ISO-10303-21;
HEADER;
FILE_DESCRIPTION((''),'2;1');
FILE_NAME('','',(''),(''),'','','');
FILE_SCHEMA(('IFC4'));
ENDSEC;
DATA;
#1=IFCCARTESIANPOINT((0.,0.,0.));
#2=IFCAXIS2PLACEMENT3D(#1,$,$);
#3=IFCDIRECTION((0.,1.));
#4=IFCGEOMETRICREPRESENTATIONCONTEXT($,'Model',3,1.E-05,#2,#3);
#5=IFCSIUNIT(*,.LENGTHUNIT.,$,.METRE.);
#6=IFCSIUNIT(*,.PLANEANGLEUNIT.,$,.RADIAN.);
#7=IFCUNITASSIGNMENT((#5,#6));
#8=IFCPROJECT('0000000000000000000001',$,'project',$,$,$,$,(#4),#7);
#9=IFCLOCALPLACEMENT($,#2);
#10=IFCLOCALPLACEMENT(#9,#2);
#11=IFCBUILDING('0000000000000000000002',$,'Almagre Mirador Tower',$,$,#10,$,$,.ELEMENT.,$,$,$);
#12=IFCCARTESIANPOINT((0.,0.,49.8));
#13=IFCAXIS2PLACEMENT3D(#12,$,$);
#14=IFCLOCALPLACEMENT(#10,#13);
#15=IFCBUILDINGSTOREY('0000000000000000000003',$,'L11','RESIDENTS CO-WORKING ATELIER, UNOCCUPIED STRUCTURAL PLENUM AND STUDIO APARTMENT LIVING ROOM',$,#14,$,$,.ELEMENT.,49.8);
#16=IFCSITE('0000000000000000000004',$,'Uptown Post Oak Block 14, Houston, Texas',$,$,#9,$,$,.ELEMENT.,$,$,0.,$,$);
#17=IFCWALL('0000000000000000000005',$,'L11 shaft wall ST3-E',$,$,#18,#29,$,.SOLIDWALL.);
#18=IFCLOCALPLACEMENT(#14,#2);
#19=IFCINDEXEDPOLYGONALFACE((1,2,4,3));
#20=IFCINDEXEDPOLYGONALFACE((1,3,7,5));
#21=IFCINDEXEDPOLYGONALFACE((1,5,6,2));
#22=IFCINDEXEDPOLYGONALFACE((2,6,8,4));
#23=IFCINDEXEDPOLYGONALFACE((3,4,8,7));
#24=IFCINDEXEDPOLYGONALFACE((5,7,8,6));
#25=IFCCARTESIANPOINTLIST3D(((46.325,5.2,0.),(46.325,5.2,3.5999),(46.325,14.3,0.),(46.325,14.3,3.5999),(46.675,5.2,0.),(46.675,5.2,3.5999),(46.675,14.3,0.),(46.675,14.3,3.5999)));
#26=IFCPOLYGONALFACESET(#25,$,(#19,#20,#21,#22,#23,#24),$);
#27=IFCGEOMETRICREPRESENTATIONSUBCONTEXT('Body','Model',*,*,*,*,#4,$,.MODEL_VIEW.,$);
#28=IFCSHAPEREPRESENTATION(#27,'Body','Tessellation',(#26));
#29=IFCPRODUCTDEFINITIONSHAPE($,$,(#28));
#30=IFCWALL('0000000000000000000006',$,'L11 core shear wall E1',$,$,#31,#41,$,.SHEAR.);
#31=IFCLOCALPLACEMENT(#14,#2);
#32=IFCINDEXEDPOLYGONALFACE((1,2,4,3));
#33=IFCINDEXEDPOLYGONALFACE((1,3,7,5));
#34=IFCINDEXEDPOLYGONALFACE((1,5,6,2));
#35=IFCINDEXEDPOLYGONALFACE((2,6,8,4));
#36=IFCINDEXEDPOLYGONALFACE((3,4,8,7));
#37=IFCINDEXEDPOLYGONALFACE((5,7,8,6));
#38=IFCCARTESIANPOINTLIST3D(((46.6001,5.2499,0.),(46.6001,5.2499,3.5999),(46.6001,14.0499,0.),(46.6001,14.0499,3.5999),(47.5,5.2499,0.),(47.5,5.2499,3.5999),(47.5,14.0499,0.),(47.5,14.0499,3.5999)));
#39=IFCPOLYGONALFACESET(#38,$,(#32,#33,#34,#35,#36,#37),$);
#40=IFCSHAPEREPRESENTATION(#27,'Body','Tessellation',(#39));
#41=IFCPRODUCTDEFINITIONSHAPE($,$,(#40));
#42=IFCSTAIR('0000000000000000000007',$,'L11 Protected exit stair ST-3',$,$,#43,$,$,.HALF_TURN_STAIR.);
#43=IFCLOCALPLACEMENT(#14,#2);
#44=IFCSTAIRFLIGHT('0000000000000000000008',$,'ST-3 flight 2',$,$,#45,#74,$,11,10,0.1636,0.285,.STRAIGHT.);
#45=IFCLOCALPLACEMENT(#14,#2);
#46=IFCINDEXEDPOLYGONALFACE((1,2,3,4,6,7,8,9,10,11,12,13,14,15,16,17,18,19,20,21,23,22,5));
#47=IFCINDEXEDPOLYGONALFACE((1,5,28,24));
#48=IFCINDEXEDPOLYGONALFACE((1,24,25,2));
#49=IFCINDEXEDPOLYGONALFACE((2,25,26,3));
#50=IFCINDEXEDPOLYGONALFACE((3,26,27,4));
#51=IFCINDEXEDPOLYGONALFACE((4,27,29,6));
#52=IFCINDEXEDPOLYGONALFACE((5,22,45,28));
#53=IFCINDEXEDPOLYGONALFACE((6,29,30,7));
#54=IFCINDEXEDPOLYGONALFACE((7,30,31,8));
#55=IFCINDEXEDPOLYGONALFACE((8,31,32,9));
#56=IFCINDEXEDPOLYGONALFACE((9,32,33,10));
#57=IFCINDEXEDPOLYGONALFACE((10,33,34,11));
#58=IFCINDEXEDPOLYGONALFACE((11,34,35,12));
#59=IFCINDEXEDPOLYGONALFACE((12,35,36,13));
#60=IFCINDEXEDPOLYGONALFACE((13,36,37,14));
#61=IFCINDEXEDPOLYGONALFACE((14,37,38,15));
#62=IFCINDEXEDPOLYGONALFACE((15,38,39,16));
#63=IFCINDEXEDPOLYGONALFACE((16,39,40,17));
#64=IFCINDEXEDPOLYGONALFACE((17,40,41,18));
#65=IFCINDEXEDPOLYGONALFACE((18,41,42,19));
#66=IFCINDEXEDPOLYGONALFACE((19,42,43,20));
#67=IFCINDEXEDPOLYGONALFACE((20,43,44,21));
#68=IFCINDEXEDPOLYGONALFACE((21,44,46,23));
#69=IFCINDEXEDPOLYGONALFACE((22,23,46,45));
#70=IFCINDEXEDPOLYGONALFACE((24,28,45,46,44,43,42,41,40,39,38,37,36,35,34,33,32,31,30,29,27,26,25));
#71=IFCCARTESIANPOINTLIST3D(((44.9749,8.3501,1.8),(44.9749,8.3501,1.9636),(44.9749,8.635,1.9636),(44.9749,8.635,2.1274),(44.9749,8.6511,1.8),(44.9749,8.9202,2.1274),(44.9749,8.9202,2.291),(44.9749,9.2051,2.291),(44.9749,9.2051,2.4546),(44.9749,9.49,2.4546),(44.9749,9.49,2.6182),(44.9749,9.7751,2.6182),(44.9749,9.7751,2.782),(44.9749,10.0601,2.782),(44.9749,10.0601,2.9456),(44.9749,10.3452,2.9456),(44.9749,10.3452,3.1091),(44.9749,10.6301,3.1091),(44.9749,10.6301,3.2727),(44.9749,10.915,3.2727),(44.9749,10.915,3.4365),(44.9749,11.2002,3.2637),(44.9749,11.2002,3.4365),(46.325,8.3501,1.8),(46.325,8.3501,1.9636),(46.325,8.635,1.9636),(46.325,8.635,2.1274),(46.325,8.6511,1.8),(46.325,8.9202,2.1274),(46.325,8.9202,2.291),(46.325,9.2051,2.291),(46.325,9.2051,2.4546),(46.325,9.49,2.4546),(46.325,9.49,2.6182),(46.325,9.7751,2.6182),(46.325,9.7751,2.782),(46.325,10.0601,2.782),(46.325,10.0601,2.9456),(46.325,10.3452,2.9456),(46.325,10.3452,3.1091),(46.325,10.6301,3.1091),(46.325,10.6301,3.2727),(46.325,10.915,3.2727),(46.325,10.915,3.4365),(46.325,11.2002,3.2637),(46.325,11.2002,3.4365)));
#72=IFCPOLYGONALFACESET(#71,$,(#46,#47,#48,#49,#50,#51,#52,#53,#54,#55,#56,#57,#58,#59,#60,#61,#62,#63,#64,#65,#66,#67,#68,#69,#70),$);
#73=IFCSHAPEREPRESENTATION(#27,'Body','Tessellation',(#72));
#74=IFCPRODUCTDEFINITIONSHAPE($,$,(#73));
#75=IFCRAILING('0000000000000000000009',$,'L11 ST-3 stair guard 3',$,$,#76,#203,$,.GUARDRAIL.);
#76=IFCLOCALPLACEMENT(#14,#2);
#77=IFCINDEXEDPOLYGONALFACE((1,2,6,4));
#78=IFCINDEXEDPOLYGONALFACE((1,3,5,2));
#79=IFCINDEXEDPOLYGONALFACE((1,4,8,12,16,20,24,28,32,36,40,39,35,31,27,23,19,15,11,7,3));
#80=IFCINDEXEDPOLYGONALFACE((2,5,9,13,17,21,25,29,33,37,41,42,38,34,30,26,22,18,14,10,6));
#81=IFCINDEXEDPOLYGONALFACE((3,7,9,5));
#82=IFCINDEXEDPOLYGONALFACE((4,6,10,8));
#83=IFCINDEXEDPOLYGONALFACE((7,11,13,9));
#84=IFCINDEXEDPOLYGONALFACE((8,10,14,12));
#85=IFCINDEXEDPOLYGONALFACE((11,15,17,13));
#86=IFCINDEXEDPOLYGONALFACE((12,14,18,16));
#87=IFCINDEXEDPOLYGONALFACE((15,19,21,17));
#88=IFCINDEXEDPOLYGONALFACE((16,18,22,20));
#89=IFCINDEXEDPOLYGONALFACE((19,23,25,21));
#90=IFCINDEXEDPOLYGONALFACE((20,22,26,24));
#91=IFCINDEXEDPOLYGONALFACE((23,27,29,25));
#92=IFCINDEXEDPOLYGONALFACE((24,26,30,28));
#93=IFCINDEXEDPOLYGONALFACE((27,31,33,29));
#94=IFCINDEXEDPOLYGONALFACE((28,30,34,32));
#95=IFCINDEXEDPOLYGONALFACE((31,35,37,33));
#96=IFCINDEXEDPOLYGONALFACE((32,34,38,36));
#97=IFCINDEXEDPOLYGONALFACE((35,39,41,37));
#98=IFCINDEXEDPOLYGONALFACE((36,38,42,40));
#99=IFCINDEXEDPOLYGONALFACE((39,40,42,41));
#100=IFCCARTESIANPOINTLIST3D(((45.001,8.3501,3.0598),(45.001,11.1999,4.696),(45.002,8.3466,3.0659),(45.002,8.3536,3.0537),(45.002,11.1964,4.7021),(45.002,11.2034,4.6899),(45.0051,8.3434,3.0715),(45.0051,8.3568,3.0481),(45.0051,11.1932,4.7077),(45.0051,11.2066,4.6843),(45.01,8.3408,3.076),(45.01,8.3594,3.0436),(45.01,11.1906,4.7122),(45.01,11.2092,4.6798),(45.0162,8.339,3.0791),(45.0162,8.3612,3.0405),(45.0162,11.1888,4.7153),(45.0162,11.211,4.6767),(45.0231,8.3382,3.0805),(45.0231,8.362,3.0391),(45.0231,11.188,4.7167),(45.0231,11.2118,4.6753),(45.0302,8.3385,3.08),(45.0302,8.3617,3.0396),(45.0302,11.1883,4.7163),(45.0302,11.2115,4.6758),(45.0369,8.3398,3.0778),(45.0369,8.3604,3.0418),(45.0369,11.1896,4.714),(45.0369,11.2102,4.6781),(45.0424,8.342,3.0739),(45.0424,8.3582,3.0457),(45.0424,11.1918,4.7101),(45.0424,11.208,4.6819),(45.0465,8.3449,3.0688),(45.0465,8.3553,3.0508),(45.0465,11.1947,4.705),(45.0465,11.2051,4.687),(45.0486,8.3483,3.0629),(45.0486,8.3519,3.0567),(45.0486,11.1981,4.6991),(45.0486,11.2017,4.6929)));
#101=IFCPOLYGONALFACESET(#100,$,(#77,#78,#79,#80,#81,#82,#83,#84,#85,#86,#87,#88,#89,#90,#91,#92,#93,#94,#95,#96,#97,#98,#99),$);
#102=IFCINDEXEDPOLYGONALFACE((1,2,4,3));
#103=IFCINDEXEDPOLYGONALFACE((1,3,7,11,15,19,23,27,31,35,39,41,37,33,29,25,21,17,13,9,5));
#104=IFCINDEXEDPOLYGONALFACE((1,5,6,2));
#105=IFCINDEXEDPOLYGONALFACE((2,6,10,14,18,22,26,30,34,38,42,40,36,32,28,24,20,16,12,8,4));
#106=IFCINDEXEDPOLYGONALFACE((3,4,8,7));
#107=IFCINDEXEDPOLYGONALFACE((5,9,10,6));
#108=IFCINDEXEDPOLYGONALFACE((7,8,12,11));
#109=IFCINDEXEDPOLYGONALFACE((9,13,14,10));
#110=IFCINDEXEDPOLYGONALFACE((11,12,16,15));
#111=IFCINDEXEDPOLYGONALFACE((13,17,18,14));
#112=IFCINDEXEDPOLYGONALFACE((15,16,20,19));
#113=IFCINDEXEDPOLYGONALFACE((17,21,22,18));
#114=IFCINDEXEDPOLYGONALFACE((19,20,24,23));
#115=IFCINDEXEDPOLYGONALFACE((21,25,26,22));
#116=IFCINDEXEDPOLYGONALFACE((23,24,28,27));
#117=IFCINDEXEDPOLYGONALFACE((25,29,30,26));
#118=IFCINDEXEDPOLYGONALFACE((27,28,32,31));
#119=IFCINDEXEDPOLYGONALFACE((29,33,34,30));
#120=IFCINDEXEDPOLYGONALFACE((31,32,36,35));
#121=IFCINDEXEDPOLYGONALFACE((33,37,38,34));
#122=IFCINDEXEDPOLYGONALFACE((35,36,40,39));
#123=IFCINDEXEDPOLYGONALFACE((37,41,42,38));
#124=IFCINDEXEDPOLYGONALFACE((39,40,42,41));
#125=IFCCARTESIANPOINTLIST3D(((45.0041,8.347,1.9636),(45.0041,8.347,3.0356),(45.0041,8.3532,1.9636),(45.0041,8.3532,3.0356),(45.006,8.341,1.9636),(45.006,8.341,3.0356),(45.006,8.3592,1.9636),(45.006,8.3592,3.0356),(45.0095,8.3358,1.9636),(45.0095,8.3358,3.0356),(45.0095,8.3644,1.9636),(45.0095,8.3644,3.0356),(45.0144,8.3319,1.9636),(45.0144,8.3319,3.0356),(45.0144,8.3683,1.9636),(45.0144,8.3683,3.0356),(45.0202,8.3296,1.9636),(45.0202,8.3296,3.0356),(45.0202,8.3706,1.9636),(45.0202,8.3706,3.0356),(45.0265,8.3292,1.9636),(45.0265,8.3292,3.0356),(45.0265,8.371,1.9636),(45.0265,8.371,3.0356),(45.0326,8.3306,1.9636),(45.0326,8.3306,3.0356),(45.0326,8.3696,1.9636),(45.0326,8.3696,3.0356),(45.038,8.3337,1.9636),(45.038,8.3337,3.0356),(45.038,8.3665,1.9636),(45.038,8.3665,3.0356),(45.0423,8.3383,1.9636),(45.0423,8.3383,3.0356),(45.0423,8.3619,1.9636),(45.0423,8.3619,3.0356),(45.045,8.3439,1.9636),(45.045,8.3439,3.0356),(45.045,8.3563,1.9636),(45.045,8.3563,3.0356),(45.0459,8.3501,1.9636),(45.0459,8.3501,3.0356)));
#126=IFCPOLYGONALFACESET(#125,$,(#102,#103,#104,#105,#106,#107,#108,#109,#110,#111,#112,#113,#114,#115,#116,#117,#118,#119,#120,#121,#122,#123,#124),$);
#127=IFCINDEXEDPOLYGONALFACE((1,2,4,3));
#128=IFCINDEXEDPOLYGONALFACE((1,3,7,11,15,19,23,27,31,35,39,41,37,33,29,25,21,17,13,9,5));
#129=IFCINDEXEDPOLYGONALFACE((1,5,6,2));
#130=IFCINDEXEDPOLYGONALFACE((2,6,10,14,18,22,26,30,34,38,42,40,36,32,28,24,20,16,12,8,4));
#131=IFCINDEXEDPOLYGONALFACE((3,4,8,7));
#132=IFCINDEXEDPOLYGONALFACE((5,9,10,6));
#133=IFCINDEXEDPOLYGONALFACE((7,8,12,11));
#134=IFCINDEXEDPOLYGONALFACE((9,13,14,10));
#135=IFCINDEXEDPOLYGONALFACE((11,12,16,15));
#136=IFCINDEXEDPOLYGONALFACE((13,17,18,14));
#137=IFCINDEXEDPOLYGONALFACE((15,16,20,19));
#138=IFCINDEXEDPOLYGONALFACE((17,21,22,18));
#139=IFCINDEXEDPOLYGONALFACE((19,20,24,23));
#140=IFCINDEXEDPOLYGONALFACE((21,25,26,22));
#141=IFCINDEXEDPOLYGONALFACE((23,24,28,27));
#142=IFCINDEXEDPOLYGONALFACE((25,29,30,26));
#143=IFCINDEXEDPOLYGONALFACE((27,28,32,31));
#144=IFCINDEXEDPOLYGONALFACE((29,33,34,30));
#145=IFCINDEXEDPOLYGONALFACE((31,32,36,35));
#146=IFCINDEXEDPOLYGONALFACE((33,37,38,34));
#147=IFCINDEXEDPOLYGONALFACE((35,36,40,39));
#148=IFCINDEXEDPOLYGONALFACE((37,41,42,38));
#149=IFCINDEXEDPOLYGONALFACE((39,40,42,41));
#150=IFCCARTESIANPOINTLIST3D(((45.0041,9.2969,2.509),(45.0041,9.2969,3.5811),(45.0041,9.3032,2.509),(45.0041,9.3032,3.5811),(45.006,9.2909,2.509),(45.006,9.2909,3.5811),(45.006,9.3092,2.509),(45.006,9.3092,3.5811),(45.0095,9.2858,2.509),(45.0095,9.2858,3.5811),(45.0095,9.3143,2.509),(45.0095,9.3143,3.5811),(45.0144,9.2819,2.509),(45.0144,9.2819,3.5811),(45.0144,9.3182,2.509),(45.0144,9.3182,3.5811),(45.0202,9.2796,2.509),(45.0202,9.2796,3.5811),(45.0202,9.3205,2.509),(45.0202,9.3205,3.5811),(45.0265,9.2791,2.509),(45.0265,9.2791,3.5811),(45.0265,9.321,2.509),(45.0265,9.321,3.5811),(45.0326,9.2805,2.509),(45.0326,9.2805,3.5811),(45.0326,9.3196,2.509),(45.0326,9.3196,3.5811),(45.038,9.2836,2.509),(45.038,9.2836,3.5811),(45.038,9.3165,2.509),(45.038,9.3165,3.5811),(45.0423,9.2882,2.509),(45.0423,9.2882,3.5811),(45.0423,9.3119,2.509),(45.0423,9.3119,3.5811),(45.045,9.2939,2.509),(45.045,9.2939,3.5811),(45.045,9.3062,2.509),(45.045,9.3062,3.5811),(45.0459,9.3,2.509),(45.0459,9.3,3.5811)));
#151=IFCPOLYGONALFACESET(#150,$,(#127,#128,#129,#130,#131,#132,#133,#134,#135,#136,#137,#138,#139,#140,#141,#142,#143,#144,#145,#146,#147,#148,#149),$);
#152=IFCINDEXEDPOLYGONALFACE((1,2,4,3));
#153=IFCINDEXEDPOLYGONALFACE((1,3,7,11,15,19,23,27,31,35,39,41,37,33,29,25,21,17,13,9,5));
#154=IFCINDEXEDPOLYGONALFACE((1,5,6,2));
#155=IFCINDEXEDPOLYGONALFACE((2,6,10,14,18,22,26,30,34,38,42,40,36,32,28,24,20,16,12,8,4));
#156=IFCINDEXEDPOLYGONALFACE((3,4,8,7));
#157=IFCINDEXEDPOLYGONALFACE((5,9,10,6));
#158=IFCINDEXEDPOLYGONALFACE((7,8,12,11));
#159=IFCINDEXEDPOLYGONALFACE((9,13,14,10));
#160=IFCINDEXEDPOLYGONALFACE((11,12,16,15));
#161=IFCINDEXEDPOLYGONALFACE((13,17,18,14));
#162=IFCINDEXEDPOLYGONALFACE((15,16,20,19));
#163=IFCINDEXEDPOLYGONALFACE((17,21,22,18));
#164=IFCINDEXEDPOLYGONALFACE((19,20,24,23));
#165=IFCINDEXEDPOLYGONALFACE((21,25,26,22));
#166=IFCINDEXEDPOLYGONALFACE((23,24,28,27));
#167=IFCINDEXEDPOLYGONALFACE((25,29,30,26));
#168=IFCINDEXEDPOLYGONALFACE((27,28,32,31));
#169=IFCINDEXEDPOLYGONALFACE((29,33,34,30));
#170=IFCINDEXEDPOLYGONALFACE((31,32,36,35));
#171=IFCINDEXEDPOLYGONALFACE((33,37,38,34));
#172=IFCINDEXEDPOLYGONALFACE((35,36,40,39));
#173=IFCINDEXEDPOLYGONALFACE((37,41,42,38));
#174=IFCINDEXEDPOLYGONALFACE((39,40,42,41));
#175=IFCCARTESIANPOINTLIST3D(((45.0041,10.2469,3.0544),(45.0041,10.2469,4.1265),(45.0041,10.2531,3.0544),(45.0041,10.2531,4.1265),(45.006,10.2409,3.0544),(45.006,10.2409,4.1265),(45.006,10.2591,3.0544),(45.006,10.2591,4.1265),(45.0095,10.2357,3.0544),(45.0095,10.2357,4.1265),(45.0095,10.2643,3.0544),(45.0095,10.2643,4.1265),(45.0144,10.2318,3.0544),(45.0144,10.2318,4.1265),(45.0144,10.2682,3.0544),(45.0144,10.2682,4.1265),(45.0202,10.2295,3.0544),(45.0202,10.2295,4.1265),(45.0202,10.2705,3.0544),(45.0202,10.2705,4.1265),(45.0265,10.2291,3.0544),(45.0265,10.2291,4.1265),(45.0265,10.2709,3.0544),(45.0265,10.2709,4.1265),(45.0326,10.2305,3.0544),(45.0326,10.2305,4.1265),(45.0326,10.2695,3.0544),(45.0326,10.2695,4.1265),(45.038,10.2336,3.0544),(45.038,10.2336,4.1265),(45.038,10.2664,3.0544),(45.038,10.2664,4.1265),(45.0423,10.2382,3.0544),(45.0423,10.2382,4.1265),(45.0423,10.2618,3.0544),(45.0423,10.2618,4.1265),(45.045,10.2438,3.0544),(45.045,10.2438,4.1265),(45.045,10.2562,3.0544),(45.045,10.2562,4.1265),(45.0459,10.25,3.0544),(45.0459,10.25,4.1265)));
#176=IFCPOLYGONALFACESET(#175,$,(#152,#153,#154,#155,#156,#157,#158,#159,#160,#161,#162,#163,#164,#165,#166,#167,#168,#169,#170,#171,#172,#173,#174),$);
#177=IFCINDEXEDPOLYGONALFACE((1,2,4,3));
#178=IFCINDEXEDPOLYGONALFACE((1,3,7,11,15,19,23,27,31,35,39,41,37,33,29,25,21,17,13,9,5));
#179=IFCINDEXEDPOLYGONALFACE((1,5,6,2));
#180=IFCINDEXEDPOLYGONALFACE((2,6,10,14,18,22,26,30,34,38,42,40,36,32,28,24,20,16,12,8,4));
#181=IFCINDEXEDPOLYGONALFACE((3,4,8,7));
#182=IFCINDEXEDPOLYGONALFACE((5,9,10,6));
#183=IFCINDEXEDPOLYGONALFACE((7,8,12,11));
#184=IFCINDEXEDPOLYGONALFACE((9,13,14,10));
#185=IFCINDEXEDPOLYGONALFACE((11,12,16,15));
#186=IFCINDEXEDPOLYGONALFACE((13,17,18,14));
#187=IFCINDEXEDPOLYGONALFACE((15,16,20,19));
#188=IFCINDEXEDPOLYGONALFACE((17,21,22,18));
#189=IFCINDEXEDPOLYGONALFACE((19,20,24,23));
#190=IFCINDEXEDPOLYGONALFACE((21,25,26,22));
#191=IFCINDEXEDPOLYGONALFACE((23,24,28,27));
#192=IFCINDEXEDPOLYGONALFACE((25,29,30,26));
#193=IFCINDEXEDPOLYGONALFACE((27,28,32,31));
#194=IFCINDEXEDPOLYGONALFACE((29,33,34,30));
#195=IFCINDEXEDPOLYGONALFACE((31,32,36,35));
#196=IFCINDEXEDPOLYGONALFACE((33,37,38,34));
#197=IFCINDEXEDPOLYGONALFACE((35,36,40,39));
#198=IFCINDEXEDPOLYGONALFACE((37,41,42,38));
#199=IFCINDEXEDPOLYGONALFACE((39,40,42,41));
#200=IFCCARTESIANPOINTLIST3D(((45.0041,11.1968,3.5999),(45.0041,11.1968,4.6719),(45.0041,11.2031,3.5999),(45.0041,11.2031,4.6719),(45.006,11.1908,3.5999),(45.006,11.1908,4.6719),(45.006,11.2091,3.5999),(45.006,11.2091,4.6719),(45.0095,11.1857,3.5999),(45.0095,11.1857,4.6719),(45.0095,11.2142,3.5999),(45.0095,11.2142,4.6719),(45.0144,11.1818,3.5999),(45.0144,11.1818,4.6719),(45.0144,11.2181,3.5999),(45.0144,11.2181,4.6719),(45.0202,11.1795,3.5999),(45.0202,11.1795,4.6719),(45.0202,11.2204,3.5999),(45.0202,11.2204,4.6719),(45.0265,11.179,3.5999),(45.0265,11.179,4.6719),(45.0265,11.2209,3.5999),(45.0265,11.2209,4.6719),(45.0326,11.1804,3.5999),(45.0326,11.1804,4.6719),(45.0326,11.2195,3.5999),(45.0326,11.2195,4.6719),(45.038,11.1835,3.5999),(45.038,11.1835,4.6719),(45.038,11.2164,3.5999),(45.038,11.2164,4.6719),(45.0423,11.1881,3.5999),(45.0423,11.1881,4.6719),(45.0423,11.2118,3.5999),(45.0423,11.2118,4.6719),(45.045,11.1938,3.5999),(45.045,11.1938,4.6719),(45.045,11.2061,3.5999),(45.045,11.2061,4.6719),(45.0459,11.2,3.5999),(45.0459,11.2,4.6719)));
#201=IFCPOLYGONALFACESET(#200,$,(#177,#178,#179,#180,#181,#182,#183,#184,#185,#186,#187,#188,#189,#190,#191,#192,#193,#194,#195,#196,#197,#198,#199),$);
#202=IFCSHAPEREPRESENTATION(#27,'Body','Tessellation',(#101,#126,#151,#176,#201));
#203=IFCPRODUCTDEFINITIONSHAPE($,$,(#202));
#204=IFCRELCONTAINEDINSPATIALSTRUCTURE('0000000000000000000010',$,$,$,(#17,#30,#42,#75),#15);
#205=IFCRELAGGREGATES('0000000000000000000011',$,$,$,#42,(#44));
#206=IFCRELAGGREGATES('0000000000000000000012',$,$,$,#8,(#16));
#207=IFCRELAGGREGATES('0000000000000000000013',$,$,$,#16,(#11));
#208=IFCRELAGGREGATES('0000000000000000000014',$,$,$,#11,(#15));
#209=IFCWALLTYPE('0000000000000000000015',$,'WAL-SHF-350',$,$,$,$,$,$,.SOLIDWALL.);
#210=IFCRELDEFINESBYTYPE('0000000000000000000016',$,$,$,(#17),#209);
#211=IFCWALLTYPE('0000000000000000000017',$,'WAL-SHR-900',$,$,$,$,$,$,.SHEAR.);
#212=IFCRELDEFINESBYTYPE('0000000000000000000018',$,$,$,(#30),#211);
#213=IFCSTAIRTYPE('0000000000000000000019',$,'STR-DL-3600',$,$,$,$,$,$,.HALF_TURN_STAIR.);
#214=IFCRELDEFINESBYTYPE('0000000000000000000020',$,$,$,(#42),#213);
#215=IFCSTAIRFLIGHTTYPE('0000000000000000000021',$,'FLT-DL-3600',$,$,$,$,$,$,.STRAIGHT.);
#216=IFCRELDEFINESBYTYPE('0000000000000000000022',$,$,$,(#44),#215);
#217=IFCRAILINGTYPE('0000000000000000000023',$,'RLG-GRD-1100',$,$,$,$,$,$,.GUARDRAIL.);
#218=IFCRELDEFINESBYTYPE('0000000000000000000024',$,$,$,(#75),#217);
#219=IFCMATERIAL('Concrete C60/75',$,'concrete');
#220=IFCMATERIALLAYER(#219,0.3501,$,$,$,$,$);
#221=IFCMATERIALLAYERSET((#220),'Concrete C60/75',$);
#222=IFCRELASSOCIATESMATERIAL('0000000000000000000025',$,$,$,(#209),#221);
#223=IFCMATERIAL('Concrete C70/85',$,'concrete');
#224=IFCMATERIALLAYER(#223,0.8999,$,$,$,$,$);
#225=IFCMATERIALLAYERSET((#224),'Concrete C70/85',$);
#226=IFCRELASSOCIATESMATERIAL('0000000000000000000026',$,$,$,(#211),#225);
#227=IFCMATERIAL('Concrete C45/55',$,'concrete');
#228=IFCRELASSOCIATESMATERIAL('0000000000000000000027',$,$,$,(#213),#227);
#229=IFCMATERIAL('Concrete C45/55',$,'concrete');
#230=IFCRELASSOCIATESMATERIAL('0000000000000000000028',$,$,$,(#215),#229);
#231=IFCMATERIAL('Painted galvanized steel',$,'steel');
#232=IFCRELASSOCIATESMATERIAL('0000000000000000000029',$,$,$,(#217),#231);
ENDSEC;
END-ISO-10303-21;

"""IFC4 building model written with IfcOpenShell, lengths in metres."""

from ifc_helpers import new_model, si_unit, direction, frame, frame_2d, origin, origin_2d, place, context, subcontext, project, spatial, polyline, rectangle, circle, outline, extrude, material, layer, layer_set, type_object, element, aggregate, save


model = new_model("IFC4")

# Units and contexts
model_context = context("Model", 3, precision=1e-05, world=origin(), true_north=direction((0.0, 1.0)))
body_context = subcontext(model_context, "Body", "Model", "MODEL_VIEW")
ifc_project = project(units=[si_unit("LENGTHUNIT", "METRE"), si_unit("PLANEANGLEUNIT", "RADIAN")], contexts=[model_context])

# Site, building, storey
site_placement = place(None, origin())
site = spatial("IfcSite", under=ifc_project, at=site_placement, Name="Uptown Post Oak Block 14, Houston, Texas", CompositionType="ELEMENT", RefElevation=0.0)
building_placement = place(site_placement, origin())
building = spatial("IfcBuilding", under=site, at=building_placement, Name="Almagre Mirador Tower", CompositionType="ELEMENT")
storey_placement = place(building_placement, frame((0.0, 0.0, 49.8)))
storey = spatial("IfcBuildingStorey", under=building, at=storey_placement, Name="L11", Description="RESIDENTS CO-WORKING ATELIER, UNOCCUPIED STRUCTURAL PLENUM AND STUDIO APARTMENT LIVING ROOM", CompositionType="ELEMENT", Elevation=49.8)

# Walls
ifc_material_1 = material(Name="Concrete C60/75", Category="concrete")
ifc_layer_1 = layer(ifc_material_1, 0.3501)
ifc_layer_set_1 = layer_set([ifc_layer_1], Name="Concrete C60/75")
wall_type_1 = type_object("IfcWallType", Name="WAL-SHF-350", PredefinedType="SOLIDWALL", material=ifc_layer_set_1)
wall_1_placement = place(storey_placement, frame((46.5, 5.2, 0.0), z_axis=(0.0, 0.0, 1.0), x_axis=(0.0, 1.0, 0.0)))
element("IfcWall", 1, at=wall_1_placement, inside=storey, type_object=wall_type_1, Name="L11 shaft wall ST3-E", PredefinedType="SOLIDWALL", context=body_context, shape_type="SweptSolid", body=[
    extrude(rectangle(XDim=9.1001, YDim=0.3501, at=frame_2d((4.55, 0.0))), origin(), (0.0, 0.0, 1.0), 3.5999),
])
ifc_material_2 = material(Name="Concrete C70/85", Category="concrete")
ifc_layer_2 = layer(ifc_material_2, 0.8999)
ifc_layer_set_2 = layer_set([ifc_layer_2], Name="Concrete C70/85")
wall_type_2 = type_object("IfcWallType", Name="WAL-SHR-900", PredefinedType="SHEAR", material=ifc_layer_set_2)
wall_2_placement = place(storey_placement, frame((47.05, 5.25, 0.0), z_axis=(0.0, 0.0, 1.0), x_axis=(0.0, 1.0, 0.0)))
element("IfcWall", 2, at=wall_2_placement, inside=storey, type_object=wall_type_2, Name="L11 core shear wall E1", PredefinedType="SHEAR", context=body_context, shape_type="SweptSolid", body=[
    extrude(rectangle(XDim=8.8, YDim=0.8999, at=frame_2d((4.3999, 0.0))), origin(), (0.0, 0.0, 1.0), 3.5999),
])

# Stair, stair flight
ifc_material_3 = material(Name="Concrete C45/55", Category="concrete")
stair_type = type_object("IfcStairType", Name="STR-DL-3600", PredefinedType="HALF_TURN_STAIR", material=ifc_material_3)
stair_placement = place(storey_placement, origin())
stair = element("IfcStair", 3, at=stair_placement, inside=storey, type_object=stair_type, Name="L11 Protected exit stair ST-3", PredefinedType="HALF_TURN_STAIR")
ifc_material_4 = material(Name="Concrete C45/55", Category="concrete")
stair_flight_type = type_object("IfcStairFlightType", Name="FLT-DL-3600", PredefinedType="STRAIGHT", material=ifc_material_4)
stair_flight_placement = place(storey_placement, frame((45.6499, 8.3501, 1.8), z_axis=(0.0, 0.0, 1.0), x_axis=(0.0, 1.0, 0.0)))
stair_flight = element("IfcStairFlight", 4, at=stair_flight_placement, type_object=stair_flight_type, Name="ST-3 flight 2", NumberOfRisers=11, NumberOfTreads=10, PredefinedType="STRAIGHT", RiserHeight=0.1636, TreadLength=0.285, context=body_context, shape_type="SweptSolid", body=[
    extrude(outline(polyline([(0.0, 0.0), (0.0, 0.1636), (0.2849, 0.1636), (0.2849, 0.3274), (0.5701, 0.3274), (0.5701, 0.491), (0.855, 0.491), (0.855, 0.6545), (1.1399, 0.6545), (1.1399, 0.8181), (1.425, 0.8181), (1.425, 0.9819), (1.71, 0.9819), (1.71, 1.1455), (1.9951, 1.1455), (1.9951, 1.3091), (2.28, 1.3091), (2.28, 1.4727), (2.5649, 1.4727), (2.5649, 1.6365), (2.8501, 1.6365), (2.8501, 1.8), (2.8501, 1.4636), (0.301, 0.0), (0.0, 0.0)])), frame((0.0, 0.675, 0.0), z_axis=(0.0, -1.0, 0.0), x_axis=(1.0, 0.0, 0.0)), (0.0, 0.0, 1.0), 1.3501),
])
aggregate(stair, [stair_flight])

# Railing
ifc_material_5 = material(Name="Painted galvanized steel", Category="steel")
railing_type_1 = type_object("IfcRailingType", Name="RLG-GRD-1100", PredefinedType="GUARDRAIL", material=ifc_material_5)
railing_1_placement = place(storey_placement, frame((45.0249, 8.3501, 1.9636)))
element("IfcRailing", 5, at=railing_1_placement, inside=storey, type_object=railing_type_1, Name="L11 ST-3 stair guard 3", PredefinedType="GUARDRAIL", context=body_context, shape_type="SweptSolid", body=[
    extrude(circle(Radius=0.0239, at=origin_2d()), frame((0.0, 0.0, 1.0962), z_axis=(0.0, 0.867226, 0.497914), x_axis=(-1.0, 0.0, 0.0)), (0.0, 0.0, 1.0), 3.2861),
    extrude(circle(Radius=0.021, at=origin_2d()), origin(), (0.0, 0.0, 1.0), 1.072),
    extrude(circle(Radius=0.021, at=origin_2d()), frame((0.0, 0.95, 0.5454)), (0.0, 0.0, 1.0), 1.072),
    extrude(circle(Radius=0.021, at=origin_2d()), frame((0.0, 1.8999, 1.0908)), (0.0, 0.0, 1.0), 1.072),
    extrude(circle(Radius=0.021, at=origin_2d()), frame((0.0, 2.8499, 1.6362)), (0.0, 0.0, 1.0), 1.072),
])

save(model, "model.ifc")
